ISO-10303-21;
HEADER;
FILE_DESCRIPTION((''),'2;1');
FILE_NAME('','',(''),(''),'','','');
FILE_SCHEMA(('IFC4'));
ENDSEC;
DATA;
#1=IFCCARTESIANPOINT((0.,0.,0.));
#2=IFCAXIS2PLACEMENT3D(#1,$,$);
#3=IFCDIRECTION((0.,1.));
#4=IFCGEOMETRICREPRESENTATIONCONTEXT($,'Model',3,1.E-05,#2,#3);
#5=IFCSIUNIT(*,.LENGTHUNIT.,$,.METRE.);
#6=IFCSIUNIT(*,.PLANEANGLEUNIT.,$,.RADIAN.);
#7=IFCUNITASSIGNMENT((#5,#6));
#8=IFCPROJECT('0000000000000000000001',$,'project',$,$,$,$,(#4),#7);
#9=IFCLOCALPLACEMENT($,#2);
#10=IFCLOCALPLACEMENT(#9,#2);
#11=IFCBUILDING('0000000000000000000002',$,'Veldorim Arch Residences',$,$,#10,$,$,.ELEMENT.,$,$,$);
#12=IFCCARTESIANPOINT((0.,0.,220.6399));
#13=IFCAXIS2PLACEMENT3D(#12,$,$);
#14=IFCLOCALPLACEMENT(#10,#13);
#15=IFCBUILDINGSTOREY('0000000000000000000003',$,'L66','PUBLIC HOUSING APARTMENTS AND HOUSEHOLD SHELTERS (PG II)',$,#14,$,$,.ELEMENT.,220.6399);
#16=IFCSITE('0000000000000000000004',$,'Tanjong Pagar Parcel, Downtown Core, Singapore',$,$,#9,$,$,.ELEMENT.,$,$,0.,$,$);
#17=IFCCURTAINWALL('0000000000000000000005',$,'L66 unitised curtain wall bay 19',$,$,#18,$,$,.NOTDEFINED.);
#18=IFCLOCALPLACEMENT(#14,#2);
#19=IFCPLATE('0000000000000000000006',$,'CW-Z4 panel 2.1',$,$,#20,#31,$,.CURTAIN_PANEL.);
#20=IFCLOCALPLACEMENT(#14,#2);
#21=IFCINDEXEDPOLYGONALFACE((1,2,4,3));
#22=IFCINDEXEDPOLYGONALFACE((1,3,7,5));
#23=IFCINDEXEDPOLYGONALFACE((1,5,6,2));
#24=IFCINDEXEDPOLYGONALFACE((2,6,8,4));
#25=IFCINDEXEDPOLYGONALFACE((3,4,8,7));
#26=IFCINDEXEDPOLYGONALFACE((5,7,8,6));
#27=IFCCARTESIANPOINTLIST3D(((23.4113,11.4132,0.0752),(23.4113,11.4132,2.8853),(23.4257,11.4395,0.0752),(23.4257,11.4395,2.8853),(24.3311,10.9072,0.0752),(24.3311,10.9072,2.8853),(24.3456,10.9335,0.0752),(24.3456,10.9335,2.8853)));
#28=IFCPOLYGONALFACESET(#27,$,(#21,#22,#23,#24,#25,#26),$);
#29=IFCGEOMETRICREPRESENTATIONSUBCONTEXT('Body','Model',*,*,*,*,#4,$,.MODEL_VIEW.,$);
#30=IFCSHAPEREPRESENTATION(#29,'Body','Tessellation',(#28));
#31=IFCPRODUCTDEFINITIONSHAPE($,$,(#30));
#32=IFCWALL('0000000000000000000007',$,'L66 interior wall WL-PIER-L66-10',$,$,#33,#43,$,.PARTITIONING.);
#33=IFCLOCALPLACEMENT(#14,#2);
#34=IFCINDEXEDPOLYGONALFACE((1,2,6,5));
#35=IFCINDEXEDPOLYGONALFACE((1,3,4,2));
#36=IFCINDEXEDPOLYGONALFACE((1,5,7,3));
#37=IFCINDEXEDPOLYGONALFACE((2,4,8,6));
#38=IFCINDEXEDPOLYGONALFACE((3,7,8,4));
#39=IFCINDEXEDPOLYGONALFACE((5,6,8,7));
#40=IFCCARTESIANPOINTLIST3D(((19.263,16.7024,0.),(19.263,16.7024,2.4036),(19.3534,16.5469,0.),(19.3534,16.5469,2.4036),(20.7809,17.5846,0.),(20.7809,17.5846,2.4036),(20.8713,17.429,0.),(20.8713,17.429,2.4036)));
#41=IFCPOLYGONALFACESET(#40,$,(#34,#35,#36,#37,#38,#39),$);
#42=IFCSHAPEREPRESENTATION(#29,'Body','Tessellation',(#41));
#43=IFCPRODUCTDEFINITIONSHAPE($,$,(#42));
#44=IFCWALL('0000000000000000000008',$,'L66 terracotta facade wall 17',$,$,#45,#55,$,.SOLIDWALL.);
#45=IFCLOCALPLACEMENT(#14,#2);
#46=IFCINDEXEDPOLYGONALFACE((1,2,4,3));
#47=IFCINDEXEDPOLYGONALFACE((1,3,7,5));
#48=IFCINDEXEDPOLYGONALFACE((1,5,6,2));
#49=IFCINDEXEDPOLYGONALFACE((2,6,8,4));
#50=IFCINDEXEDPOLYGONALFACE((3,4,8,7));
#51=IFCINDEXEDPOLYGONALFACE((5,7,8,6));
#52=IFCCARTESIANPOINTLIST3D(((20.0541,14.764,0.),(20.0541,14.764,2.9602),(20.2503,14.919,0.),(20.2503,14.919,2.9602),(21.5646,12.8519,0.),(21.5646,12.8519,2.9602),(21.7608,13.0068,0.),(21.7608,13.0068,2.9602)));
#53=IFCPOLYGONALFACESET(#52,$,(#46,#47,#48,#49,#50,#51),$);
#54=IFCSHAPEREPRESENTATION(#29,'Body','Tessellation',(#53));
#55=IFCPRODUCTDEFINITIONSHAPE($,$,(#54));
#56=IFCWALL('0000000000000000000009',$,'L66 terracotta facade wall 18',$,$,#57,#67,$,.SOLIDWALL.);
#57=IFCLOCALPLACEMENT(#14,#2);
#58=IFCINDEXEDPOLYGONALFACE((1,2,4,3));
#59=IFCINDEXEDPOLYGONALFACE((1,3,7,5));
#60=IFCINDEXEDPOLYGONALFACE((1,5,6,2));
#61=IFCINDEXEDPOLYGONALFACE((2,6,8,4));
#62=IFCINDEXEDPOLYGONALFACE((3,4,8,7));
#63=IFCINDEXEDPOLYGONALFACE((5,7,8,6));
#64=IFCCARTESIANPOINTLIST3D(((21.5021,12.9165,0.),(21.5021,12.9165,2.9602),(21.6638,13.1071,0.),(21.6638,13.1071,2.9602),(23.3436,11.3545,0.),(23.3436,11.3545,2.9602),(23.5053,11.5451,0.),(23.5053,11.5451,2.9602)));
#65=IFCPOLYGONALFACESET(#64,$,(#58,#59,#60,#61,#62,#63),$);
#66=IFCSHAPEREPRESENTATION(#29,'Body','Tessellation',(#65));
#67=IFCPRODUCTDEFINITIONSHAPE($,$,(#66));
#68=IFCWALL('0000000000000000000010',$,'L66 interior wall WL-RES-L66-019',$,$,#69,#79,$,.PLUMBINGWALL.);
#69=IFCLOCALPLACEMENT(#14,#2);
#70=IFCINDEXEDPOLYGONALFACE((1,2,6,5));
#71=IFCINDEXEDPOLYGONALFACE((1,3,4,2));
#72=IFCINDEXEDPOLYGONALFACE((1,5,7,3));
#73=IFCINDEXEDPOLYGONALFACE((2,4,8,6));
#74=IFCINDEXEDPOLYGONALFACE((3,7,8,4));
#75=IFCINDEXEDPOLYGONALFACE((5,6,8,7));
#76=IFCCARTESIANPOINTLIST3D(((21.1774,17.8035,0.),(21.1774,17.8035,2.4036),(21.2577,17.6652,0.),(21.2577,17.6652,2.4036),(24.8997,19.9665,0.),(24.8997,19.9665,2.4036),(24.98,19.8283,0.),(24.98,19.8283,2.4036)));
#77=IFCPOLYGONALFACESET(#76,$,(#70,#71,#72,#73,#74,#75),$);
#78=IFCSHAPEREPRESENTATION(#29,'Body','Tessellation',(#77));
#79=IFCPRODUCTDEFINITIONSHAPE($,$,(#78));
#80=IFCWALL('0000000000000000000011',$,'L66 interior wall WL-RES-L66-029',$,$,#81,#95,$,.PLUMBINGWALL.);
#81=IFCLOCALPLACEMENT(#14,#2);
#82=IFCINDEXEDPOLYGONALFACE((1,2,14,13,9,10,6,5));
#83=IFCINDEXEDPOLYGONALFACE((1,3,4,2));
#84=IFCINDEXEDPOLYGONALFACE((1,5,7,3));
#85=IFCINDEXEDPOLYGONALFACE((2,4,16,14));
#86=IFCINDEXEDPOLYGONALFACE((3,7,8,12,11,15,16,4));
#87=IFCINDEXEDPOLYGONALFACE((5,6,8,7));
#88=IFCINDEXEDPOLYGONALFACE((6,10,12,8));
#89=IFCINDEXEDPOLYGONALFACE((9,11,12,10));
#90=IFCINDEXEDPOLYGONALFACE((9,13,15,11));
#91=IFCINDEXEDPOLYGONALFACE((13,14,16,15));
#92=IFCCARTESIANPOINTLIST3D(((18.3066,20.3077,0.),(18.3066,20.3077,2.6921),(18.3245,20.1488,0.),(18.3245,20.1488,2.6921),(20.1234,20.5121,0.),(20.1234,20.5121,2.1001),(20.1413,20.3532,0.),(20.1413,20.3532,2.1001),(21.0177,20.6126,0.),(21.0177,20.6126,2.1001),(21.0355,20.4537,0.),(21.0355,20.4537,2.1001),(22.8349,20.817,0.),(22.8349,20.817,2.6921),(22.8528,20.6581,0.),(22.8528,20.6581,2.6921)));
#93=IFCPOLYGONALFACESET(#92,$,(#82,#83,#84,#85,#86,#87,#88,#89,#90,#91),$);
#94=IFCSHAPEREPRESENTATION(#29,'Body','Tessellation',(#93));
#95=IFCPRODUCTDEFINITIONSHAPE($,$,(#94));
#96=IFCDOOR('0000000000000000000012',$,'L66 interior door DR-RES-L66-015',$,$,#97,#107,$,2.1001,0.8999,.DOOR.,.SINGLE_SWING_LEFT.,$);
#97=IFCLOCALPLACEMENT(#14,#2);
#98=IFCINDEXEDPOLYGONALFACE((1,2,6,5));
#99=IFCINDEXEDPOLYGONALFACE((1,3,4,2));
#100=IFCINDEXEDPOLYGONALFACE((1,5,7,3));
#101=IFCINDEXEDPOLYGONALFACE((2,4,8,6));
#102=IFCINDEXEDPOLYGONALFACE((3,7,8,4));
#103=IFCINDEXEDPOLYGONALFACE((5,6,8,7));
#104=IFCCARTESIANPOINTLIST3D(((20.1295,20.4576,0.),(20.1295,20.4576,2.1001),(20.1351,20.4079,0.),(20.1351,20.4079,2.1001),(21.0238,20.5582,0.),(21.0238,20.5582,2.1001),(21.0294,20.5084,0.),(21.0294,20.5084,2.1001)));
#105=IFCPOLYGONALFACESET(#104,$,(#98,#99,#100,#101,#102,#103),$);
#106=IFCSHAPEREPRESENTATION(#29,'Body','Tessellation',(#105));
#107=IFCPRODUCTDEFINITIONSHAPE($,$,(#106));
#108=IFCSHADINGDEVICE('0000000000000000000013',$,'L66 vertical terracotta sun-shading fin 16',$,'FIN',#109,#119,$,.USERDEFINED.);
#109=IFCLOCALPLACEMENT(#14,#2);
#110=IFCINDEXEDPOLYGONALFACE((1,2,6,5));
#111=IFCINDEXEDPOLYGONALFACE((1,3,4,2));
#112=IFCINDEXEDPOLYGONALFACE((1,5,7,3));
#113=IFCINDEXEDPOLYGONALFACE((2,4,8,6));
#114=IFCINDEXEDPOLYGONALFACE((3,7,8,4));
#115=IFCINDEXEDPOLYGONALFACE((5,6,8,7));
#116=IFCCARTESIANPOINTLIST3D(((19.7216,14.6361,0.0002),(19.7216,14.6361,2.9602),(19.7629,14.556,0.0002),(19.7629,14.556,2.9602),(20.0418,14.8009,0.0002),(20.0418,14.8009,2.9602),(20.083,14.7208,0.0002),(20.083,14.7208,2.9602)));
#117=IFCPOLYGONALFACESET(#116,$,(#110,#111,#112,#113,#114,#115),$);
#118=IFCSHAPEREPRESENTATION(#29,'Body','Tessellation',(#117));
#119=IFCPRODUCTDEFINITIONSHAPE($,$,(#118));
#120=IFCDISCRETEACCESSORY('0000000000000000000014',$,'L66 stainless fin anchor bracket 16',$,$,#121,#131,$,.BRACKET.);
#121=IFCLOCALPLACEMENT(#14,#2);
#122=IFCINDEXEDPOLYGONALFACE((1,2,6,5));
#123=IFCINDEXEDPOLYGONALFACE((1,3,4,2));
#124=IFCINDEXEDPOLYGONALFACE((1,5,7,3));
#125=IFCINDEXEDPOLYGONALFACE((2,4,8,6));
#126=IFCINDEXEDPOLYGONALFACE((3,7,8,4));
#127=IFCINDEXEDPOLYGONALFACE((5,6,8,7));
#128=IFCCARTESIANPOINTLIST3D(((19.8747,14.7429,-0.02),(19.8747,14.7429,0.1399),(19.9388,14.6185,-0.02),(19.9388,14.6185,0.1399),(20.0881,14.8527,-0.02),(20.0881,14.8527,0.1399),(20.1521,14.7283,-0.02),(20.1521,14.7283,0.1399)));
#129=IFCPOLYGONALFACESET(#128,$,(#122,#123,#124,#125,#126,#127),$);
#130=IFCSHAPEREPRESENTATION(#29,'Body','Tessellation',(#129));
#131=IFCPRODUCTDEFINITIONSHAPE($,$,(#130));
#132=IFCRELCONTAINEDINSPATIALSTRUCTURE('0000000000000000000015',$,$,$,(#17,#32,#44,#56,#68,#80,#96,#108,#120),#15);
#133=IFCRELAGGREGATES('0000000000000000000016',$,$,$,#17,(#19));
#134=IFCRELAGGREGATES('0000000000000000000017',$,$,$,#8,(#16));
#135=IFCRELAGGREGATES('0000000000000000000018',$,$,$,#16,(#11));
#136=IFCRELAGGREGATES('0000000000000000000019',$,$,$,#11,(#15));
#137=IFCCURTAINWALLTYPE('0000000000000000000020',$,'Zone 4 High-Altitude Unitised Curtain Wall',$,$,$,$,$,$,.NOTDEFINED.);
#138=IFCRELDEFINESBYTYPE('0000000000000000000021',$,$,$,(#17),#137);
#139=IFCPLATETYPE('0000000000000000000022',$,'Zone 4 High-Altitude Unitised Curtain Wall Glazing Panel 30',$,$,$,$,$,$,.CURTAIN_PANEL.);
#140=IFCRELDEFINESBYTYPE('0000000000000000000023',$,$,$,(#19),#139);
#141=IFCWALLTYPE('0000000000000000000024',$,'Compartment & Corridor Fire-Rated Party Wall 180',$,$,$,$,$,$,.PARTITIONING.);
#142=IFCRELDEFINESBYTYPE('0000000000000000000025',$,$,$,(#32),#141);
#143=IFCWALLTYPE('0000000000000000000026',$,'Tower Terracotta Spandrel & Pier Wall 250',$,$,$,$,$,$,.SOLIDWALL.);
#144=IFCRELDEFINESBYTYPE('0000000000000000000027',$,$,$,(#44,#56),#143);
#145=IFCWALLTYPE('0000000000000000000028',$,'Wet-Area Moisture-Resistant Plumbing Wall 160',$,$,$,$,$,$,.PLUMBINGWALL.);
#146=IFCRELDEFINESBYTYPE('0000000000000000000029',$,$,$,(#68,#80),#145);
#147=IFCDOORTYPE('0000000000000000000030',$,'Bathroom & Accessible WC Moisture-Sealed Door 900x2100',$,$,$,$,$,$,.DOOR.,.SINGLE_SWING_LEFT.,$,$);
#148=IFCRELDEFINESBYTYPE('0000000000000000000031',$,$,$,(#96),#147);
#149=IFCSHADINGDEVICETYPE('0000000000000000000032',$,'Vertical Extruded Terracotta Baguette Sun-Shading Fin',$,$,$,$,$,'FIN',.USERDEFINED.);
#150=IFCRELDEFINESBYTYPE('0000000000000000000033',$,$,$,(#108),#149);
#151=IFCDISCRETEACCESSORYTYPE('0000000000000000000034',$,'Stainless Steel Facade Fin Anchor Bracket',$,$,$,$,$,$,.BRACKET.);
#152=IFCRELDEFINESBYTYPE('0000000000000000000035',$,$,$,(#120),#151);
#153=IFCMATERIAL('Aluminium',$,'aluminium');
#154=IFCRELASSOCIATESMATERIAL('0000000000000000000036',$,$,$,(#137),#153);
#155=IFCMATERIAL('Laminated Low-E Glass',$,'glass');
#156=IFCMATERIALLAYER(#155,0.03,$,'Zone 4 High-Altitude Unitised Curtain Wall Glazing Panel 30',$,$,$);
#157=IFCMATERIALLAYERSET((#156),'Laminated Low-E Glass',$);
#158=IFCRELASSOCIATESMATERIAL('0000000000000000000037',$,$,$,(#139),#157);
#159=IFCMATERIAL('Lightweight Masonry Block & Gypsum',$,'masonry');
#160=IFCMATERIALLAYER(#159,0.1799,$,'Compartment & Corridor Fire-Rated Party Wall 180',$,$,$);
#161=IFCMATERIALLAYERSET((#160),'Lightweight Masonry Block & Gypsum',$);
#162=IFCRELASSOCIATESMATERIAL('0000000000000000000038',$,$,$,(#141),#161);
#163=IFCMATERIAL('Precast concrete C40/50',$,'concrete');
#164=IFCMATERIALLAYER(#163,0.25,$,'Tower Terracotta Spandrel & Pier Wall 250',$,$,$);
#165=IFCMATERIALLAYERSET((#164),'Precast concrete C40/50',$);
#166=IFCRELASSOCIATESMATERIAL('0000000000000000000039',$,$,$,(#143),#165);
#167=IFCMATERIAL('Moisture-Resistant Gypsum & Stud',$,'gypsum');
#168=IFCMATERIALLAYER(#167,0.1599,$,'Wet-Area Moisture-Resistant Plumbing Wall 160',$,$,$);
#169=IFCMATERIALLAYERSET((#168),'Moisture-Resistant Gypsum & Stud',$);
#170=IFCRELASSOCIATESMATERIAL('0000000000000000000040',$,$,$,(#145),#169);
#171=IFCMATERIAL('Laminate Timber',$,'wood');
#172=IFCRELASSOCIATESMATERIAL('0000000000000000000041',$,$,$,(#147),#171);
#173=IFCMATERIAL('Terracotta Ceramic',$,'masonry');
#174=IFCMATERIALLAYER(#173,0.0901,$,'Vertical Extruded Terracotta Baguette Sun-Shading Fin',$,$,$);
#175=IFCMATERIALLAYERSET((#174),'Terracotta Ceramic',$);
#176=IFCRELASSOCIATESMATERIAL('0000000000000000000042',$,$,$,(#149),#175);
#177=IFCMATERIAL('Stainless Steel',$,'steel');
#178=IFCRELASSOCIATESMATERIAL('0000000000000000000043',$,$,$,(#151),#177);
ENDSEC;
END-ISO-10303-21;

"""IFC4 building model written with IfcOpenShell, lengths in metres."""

from ifc_helpers import new_model, si_unit, direction, frame, frame_2d, origin, origin_2d, place, context, subcontext, project, spatial, rectangle, extrude, material, layer, layer_set, type_object, element, fill, aggregate, save


model = new_model("IFC4")

# Units and contexts
model_context = context("Model", 3, precision=1e-05, world=origin(), true_north=direction((0.0, 1.0)))
body_context = subcontext(model_context, "Body", "Model", "MODEL_VIEW")
ifc_project = project(units=[si_unit("LENGTHUNIT", "METRE"), si_unit("PLANEANGLEUNIT", "RADIAN")], contexts=[model_context])

# Site, building, storey
site_placement = place(None, origin())
site = spatial("IfcSite", under=ifc_project, at=site_placement, Name="Tanjong Pagar Parcel, Downtown Core, Singapore", CompositionType="ELEMENT", RefElevation=0.0)
building_placement = place(site_placement, origin())
building = spatial("IfcBuilding", under=site, at=building_placement, Name="Veldorim Arch Residences", CompositionType="ELEMENT")
storey_placement = place(building_placement, frame((0.0, 0.0, 220.6399)))
storey = spatial("IfcBuildingStorey", under=building, at=storey_placement, Name="L66", Description="PUBLIC HOUSING APARTMENTS AND HOUSEHOLD SHELTERS (PG II)", CompositionType="ELEMENT", Elevation=220.6399)

# Curtain wall
ifc_material_1 = material(Name="Aluminium", Category="aluminium")
curtain_wall_type = type_object("IfcCurtainWallType", Name="Zone 4 High-Altitude Unitised Curtain Wall", PredefinedType="NOTDEFINED", material=ifc_material_1)
curtain_wall_1_placement = place(storey_placement, origin())
curtain_wall_1 = element("IfcCurtainWall", 1, at=curtain_wall_1_placement, inside=storey, type_object=curtain_wall_type, Name="L66 unitised curtain wall bay 19", PredefinedType="NOTDEFINED")

# Plate
ifc_material_2 = material(Name="Laminated Low-E Glass", Category="glass")
ifc_layer_1 = layer(ifc_material_2, 0.03, Name="Zone 4 High-Altitude Unitised Curtain Wall Glazing Panel 30")
ifc_layer_set_1 = layer_set([ifc_layer_1], Name="Laminated Low-E Glass")
plate_type = type_object("IfcPlateType", Name="Zone 4 High-Altitude Unitised Curtain Wall Glazing Panel 30", PredefinedType="CURTAIN_PANEL", material=ifc_layer_set_1)
plate_1_placement = place(storey_placement, frame((23.8784, 11.1733, 0.0752), z_axis=(0.0, 0.0, 1.0), x_axis=(-0.876197, 0.481953, 0.0)))
plate_1 = element("IfcPlate", 2, at=plate_1_placement, type_object=plate_type, Name="CW-Z4 panel 2.1", PredefinedType="CURTAIN_PANEL", context=body_context, shape_type="SweptSolid", body=[
    extrude(rectangle(XDim=1.0498, YDim=0.03, at=origin_2d()), origin(), (0.0, 0.0, 1.0), 2.8101),
])
aggregate(curtain_wall_1, [plate_1])

# Walls
ifc_material_3 = material(Name="Lightweight Masonry Block & Gypsum", Category="masonry")
ifc_layer_2 = layer(ifc_material_3, 0.1799, Name="Compartment & Corridor Fire-Rated Party Wall 180")
ifc_layer_set_2 = layer_set([ifc_layer_2], Name="Lightweight Masonry Block & Gypsum")
wall_type_1 = type_object("IfcWallType", Name="Compartment & Corridor Fire-Rated Party Wall 180", PredefinedType="PARTITIONING", material=ifc_layer_set_2)
wall_1_placement = place(storey_placement, frame((20.8262, 17.5068, 0.0), z_axis=(0.0, 0.0, 1.0), x_axis=(-0.8646, -0.502461, 0.0)))
element("IfcWall", 3, at=wall_1_placement, inside=storey, type_object=wall_type_1, Name="L66 interior wall WL-PIER-L66-10", PredefinedType="PARTITIONING", context=body_context, shape_type="SweptSolid", body=[
    extrude(rectangle(XDim=1.7556, YDim=0.1799, at=frame_2d((0.8779, 0.0))), origin(), (0.0, 0.0, 1.0), 2.4036),
])
ifc_material_4 = material(Name="Precast concrete C40/50", Category="concrete")
ifc_layer_3 = layer(ifc_material_4, 0.25, Name="Tower Terracotta Spandrel & Pier Wall 250")
ifc_layer_set_3 = layer_set([ifc_layer_3], Name="Precast concrete C40/50")
wall_type_2 = type_object("IfcWallType", Name="Tower Terracotta Spandrel & Pier Wall 250", PredefinedType="SOLIDWALL", material=ifc_layer_set_3)
wall_2_placement = place(storey_placement, frame((21.6626, 12.9294, 0.0), z_axis=(0.0, 0.0, 1.0), x_axis=(-0.619881, 0.784696, 0.0)))
element("IfcWall", 4, at=wall_2_placement, inside=storey, type_object=wall_type_2, Name="L66 terracotta facade wall 17", PredefinedType="SOLIDWALL", context=body_context, shape_type="SweptSolid", body=[
    extrude(rectangle(XDim=2.4368, YDim=0.25, at=frame_2d((1.2183, 0.0))), origin(), (0.0, 0.0, 1.0), 2.9602),
])
wall_3_placement = place(storey_placement, frame((23.4246, 11.4497, 0.0), z_axis=(0.0, 0.0, 1.0), x_axis=(-0.762615, 0.646853, 0.0)))
element("IfcWall", 5, at=wall_3_placement, inside=storey, type_object=wall_type_2, Name="L66 terracotta facade wall 18", PredefinedType="SOLIDWALL", context=body_context, shape_type="SweptSolid", body=[
    extrude(rectangle(XDim=2.4148, YDim=0.25, at=frame_2d((1.2075, 0.0))), origin(), (0.0, 0.0, 1.0), 2.9602),
])
ifc_material_5 = material(Name="Moisture-Resistant Gypsum & Stud", Category="gypsum")
ifc_layer_4 = layer(ifc_material_5, 0.1599, Name="Wet-Area Moisture-Resistant Plumbing Wall 160")
ifc_layer_set_4 = layer_set([ifc_layer_4], Name="Moisture-Resistant Gypsum & Stud")
wall_type_3 = type_object("IfcWallType", Name="Wet-Area Moisture-Resistant Plumbing Wall 160", PredefinedType="PLUMBINGWALL", material=ifc_layer_set_4)
wall_4_placement = place(storey_placement, frame((21.2175, 17.7344, 0.0), z_axis=(0.0, 0.0, 1.0), x_axis=(0.864619, 0.502428, 0.0)))
element("IfcWall", 6, at=wall_4_placement, inside=storey, type_object=wall_type_3, Name="L66 interior wall WL-RES-L66-019", PredefinedType="PLUMBINGWALL", context=body_context, shape_type="SweptSolid", body=[
    extrude(rectangle(XDim=4.3052, YDim=0.1599, at=frame_2d((2.1526, 0.0))), origin(), (0.0, 0.0, 1.0), 2.4036),
])

# Wall, opening, door
wall_5_placement = place(storey_placement, frame((22.8438, 20.7375, 0.0), z_axis=(0.0, 0.0, 1.0), x_axis=(-0.993735, -0.11176, 0.0)))
wall_5 = element("IfcWall", 7, at=wall_5_placement, inside=storey, type_object=wall_type_3, Name="L66 interior wall WL-RES-L66-029", PredefinedType="PLUMBINGWALL", context=body_context, shape_type="SweptSolid", body=[
    extrude(rectangle(XDim=4.5569, YDim=0.1599, at=frame_2d((2.2783, 0.0))), origin(), (0.0, 0.0, 1.0), 2.6921),
])
opening_placement = place(wall_5_placement, frame((1.8286, 0.0, 0.0)))
opening = element("IfcOpeningElement", 8, at=opening_placement, cuts=wall_5, PredefinedType="OPENING", context=body_context, shape_type="SweptSolid", body=[
    extrude(rectangle(XDim=0.8999, YDim=2.1001, at=frame_2d((0.45, 1.05))), frame((0.0, 0.0898, 0.0), z_axis=(0.0, -1.0, 0.0), x_axis=(1.0, 0.0, 0.0)), (0.0, 0.0, 1.0), 0.1799),
])
ifc_material_6 = material(Name="Laminate Timber", Category="wood")
door_type = type_object("IfcDoorType", Name="Bathroom & Accessible WC Moisture-Sealed Door 900x2100", OperationType="SINGLE_SWING_LEFT", PredefinedType="DOOR", material=ifc_material_6)
door_placement = place(opening_placement, origin())
door = element("IfcDoor", 9, at=door_placement, inside=storey, type_object=door_type, Name="L66 interior door DR-RES-L66-015", OperationType="SINGLE_SWING_LEFT", OverallHeight=2.1001, OverallWidth=0.8999, PredefinedType="DOOR", context=body_context, shape_type="SweptSolid", body=[
    extrude(rectangle(XDim=0.8999, YDim=2.1001, at=frame_2d((0.45, 1.05))), frame((0.0, 0.0249, 0.0), z_axis=(0.0, -1.0, 0.0), x_axis=(1.0, 0.0, 0.0)), (0.0, 0.0, 1.0), 0.05),
])
fill(opening, door)

# Shading device
ifc_material_7 = material(Name="Terracotta Ceramic", Category="masonry")
ifc_layer_5 = layer(ifc_material_7, 0.0901, Name="Vertical Extruded Terracotta Baguette Sun-Shading Fin")
ifc_layer_set_5 = layer_set([ifc_layer_5], Name="Terracotta Ceramic")
shading_device_type = type_object("IfcShadingDeviceType", Name="Vertical Extruded Terracotta Baguette Sun-Shading Fin", ElementType="FIN", PredefinedType="USERDEFINED", material=ifc_layer_set_5)
shading_device_placement = place(storey_placement, frame((19.9023, 14.6785, 0.0002), z_axis=(0.0, 0.0, 1.0), x_axis=(-0.457719, 0.889097, 0.0)))
element("IfcShadingDevice", 10, at=shading_device_placement, inside=storey, type_object=shading_device_type, Name="L66 vertical terracotta sun-shading fin 16", ObjectType="FIN", PredefinedType="USERDEFINED", context=body_context, shape_type="SweptSolid", body=[
    extrude(rectangle(XDim=0.0901, YDim=0.3601, at=origin_2d()), origin(), (0.0, 0.0, 1.0), 2.96),
])

# Discrete accessory
ifc_material_8 = material(Name="Stainless Steel", Category="steel")
discrete_accessory_type = type_object("IfcDiscreteAccessoryType", Name="Stainless Steel Facade Fin Anchor Bracket", PredefinedType="BRACKET", material=ifc_material_8)
discrete_accessory_placement = place(storey_placement, frame((20.0134, 14.7356, -0.02), z_axis=(0.0, 0.0, 1.0), x_axis=(-0.457719, 0.889097, 0.0)))
element("IfcDiscreteAccessory", 11, at=discrete_accessory_placement, inside=storey, type_object=discrete_accessory_type, Name="L66 stainless fin anchor bracket 16", PredefinedType="BRACKET", context=body_context, shape_type="SweptSolid", body=[
    extrude(rectangle(XDim=0.1399, YDim=0.24, at=origin_2d()), origin(), (0.0, 0.0, 1.0), 0.1599),
])

save(model, "model.ifc")
